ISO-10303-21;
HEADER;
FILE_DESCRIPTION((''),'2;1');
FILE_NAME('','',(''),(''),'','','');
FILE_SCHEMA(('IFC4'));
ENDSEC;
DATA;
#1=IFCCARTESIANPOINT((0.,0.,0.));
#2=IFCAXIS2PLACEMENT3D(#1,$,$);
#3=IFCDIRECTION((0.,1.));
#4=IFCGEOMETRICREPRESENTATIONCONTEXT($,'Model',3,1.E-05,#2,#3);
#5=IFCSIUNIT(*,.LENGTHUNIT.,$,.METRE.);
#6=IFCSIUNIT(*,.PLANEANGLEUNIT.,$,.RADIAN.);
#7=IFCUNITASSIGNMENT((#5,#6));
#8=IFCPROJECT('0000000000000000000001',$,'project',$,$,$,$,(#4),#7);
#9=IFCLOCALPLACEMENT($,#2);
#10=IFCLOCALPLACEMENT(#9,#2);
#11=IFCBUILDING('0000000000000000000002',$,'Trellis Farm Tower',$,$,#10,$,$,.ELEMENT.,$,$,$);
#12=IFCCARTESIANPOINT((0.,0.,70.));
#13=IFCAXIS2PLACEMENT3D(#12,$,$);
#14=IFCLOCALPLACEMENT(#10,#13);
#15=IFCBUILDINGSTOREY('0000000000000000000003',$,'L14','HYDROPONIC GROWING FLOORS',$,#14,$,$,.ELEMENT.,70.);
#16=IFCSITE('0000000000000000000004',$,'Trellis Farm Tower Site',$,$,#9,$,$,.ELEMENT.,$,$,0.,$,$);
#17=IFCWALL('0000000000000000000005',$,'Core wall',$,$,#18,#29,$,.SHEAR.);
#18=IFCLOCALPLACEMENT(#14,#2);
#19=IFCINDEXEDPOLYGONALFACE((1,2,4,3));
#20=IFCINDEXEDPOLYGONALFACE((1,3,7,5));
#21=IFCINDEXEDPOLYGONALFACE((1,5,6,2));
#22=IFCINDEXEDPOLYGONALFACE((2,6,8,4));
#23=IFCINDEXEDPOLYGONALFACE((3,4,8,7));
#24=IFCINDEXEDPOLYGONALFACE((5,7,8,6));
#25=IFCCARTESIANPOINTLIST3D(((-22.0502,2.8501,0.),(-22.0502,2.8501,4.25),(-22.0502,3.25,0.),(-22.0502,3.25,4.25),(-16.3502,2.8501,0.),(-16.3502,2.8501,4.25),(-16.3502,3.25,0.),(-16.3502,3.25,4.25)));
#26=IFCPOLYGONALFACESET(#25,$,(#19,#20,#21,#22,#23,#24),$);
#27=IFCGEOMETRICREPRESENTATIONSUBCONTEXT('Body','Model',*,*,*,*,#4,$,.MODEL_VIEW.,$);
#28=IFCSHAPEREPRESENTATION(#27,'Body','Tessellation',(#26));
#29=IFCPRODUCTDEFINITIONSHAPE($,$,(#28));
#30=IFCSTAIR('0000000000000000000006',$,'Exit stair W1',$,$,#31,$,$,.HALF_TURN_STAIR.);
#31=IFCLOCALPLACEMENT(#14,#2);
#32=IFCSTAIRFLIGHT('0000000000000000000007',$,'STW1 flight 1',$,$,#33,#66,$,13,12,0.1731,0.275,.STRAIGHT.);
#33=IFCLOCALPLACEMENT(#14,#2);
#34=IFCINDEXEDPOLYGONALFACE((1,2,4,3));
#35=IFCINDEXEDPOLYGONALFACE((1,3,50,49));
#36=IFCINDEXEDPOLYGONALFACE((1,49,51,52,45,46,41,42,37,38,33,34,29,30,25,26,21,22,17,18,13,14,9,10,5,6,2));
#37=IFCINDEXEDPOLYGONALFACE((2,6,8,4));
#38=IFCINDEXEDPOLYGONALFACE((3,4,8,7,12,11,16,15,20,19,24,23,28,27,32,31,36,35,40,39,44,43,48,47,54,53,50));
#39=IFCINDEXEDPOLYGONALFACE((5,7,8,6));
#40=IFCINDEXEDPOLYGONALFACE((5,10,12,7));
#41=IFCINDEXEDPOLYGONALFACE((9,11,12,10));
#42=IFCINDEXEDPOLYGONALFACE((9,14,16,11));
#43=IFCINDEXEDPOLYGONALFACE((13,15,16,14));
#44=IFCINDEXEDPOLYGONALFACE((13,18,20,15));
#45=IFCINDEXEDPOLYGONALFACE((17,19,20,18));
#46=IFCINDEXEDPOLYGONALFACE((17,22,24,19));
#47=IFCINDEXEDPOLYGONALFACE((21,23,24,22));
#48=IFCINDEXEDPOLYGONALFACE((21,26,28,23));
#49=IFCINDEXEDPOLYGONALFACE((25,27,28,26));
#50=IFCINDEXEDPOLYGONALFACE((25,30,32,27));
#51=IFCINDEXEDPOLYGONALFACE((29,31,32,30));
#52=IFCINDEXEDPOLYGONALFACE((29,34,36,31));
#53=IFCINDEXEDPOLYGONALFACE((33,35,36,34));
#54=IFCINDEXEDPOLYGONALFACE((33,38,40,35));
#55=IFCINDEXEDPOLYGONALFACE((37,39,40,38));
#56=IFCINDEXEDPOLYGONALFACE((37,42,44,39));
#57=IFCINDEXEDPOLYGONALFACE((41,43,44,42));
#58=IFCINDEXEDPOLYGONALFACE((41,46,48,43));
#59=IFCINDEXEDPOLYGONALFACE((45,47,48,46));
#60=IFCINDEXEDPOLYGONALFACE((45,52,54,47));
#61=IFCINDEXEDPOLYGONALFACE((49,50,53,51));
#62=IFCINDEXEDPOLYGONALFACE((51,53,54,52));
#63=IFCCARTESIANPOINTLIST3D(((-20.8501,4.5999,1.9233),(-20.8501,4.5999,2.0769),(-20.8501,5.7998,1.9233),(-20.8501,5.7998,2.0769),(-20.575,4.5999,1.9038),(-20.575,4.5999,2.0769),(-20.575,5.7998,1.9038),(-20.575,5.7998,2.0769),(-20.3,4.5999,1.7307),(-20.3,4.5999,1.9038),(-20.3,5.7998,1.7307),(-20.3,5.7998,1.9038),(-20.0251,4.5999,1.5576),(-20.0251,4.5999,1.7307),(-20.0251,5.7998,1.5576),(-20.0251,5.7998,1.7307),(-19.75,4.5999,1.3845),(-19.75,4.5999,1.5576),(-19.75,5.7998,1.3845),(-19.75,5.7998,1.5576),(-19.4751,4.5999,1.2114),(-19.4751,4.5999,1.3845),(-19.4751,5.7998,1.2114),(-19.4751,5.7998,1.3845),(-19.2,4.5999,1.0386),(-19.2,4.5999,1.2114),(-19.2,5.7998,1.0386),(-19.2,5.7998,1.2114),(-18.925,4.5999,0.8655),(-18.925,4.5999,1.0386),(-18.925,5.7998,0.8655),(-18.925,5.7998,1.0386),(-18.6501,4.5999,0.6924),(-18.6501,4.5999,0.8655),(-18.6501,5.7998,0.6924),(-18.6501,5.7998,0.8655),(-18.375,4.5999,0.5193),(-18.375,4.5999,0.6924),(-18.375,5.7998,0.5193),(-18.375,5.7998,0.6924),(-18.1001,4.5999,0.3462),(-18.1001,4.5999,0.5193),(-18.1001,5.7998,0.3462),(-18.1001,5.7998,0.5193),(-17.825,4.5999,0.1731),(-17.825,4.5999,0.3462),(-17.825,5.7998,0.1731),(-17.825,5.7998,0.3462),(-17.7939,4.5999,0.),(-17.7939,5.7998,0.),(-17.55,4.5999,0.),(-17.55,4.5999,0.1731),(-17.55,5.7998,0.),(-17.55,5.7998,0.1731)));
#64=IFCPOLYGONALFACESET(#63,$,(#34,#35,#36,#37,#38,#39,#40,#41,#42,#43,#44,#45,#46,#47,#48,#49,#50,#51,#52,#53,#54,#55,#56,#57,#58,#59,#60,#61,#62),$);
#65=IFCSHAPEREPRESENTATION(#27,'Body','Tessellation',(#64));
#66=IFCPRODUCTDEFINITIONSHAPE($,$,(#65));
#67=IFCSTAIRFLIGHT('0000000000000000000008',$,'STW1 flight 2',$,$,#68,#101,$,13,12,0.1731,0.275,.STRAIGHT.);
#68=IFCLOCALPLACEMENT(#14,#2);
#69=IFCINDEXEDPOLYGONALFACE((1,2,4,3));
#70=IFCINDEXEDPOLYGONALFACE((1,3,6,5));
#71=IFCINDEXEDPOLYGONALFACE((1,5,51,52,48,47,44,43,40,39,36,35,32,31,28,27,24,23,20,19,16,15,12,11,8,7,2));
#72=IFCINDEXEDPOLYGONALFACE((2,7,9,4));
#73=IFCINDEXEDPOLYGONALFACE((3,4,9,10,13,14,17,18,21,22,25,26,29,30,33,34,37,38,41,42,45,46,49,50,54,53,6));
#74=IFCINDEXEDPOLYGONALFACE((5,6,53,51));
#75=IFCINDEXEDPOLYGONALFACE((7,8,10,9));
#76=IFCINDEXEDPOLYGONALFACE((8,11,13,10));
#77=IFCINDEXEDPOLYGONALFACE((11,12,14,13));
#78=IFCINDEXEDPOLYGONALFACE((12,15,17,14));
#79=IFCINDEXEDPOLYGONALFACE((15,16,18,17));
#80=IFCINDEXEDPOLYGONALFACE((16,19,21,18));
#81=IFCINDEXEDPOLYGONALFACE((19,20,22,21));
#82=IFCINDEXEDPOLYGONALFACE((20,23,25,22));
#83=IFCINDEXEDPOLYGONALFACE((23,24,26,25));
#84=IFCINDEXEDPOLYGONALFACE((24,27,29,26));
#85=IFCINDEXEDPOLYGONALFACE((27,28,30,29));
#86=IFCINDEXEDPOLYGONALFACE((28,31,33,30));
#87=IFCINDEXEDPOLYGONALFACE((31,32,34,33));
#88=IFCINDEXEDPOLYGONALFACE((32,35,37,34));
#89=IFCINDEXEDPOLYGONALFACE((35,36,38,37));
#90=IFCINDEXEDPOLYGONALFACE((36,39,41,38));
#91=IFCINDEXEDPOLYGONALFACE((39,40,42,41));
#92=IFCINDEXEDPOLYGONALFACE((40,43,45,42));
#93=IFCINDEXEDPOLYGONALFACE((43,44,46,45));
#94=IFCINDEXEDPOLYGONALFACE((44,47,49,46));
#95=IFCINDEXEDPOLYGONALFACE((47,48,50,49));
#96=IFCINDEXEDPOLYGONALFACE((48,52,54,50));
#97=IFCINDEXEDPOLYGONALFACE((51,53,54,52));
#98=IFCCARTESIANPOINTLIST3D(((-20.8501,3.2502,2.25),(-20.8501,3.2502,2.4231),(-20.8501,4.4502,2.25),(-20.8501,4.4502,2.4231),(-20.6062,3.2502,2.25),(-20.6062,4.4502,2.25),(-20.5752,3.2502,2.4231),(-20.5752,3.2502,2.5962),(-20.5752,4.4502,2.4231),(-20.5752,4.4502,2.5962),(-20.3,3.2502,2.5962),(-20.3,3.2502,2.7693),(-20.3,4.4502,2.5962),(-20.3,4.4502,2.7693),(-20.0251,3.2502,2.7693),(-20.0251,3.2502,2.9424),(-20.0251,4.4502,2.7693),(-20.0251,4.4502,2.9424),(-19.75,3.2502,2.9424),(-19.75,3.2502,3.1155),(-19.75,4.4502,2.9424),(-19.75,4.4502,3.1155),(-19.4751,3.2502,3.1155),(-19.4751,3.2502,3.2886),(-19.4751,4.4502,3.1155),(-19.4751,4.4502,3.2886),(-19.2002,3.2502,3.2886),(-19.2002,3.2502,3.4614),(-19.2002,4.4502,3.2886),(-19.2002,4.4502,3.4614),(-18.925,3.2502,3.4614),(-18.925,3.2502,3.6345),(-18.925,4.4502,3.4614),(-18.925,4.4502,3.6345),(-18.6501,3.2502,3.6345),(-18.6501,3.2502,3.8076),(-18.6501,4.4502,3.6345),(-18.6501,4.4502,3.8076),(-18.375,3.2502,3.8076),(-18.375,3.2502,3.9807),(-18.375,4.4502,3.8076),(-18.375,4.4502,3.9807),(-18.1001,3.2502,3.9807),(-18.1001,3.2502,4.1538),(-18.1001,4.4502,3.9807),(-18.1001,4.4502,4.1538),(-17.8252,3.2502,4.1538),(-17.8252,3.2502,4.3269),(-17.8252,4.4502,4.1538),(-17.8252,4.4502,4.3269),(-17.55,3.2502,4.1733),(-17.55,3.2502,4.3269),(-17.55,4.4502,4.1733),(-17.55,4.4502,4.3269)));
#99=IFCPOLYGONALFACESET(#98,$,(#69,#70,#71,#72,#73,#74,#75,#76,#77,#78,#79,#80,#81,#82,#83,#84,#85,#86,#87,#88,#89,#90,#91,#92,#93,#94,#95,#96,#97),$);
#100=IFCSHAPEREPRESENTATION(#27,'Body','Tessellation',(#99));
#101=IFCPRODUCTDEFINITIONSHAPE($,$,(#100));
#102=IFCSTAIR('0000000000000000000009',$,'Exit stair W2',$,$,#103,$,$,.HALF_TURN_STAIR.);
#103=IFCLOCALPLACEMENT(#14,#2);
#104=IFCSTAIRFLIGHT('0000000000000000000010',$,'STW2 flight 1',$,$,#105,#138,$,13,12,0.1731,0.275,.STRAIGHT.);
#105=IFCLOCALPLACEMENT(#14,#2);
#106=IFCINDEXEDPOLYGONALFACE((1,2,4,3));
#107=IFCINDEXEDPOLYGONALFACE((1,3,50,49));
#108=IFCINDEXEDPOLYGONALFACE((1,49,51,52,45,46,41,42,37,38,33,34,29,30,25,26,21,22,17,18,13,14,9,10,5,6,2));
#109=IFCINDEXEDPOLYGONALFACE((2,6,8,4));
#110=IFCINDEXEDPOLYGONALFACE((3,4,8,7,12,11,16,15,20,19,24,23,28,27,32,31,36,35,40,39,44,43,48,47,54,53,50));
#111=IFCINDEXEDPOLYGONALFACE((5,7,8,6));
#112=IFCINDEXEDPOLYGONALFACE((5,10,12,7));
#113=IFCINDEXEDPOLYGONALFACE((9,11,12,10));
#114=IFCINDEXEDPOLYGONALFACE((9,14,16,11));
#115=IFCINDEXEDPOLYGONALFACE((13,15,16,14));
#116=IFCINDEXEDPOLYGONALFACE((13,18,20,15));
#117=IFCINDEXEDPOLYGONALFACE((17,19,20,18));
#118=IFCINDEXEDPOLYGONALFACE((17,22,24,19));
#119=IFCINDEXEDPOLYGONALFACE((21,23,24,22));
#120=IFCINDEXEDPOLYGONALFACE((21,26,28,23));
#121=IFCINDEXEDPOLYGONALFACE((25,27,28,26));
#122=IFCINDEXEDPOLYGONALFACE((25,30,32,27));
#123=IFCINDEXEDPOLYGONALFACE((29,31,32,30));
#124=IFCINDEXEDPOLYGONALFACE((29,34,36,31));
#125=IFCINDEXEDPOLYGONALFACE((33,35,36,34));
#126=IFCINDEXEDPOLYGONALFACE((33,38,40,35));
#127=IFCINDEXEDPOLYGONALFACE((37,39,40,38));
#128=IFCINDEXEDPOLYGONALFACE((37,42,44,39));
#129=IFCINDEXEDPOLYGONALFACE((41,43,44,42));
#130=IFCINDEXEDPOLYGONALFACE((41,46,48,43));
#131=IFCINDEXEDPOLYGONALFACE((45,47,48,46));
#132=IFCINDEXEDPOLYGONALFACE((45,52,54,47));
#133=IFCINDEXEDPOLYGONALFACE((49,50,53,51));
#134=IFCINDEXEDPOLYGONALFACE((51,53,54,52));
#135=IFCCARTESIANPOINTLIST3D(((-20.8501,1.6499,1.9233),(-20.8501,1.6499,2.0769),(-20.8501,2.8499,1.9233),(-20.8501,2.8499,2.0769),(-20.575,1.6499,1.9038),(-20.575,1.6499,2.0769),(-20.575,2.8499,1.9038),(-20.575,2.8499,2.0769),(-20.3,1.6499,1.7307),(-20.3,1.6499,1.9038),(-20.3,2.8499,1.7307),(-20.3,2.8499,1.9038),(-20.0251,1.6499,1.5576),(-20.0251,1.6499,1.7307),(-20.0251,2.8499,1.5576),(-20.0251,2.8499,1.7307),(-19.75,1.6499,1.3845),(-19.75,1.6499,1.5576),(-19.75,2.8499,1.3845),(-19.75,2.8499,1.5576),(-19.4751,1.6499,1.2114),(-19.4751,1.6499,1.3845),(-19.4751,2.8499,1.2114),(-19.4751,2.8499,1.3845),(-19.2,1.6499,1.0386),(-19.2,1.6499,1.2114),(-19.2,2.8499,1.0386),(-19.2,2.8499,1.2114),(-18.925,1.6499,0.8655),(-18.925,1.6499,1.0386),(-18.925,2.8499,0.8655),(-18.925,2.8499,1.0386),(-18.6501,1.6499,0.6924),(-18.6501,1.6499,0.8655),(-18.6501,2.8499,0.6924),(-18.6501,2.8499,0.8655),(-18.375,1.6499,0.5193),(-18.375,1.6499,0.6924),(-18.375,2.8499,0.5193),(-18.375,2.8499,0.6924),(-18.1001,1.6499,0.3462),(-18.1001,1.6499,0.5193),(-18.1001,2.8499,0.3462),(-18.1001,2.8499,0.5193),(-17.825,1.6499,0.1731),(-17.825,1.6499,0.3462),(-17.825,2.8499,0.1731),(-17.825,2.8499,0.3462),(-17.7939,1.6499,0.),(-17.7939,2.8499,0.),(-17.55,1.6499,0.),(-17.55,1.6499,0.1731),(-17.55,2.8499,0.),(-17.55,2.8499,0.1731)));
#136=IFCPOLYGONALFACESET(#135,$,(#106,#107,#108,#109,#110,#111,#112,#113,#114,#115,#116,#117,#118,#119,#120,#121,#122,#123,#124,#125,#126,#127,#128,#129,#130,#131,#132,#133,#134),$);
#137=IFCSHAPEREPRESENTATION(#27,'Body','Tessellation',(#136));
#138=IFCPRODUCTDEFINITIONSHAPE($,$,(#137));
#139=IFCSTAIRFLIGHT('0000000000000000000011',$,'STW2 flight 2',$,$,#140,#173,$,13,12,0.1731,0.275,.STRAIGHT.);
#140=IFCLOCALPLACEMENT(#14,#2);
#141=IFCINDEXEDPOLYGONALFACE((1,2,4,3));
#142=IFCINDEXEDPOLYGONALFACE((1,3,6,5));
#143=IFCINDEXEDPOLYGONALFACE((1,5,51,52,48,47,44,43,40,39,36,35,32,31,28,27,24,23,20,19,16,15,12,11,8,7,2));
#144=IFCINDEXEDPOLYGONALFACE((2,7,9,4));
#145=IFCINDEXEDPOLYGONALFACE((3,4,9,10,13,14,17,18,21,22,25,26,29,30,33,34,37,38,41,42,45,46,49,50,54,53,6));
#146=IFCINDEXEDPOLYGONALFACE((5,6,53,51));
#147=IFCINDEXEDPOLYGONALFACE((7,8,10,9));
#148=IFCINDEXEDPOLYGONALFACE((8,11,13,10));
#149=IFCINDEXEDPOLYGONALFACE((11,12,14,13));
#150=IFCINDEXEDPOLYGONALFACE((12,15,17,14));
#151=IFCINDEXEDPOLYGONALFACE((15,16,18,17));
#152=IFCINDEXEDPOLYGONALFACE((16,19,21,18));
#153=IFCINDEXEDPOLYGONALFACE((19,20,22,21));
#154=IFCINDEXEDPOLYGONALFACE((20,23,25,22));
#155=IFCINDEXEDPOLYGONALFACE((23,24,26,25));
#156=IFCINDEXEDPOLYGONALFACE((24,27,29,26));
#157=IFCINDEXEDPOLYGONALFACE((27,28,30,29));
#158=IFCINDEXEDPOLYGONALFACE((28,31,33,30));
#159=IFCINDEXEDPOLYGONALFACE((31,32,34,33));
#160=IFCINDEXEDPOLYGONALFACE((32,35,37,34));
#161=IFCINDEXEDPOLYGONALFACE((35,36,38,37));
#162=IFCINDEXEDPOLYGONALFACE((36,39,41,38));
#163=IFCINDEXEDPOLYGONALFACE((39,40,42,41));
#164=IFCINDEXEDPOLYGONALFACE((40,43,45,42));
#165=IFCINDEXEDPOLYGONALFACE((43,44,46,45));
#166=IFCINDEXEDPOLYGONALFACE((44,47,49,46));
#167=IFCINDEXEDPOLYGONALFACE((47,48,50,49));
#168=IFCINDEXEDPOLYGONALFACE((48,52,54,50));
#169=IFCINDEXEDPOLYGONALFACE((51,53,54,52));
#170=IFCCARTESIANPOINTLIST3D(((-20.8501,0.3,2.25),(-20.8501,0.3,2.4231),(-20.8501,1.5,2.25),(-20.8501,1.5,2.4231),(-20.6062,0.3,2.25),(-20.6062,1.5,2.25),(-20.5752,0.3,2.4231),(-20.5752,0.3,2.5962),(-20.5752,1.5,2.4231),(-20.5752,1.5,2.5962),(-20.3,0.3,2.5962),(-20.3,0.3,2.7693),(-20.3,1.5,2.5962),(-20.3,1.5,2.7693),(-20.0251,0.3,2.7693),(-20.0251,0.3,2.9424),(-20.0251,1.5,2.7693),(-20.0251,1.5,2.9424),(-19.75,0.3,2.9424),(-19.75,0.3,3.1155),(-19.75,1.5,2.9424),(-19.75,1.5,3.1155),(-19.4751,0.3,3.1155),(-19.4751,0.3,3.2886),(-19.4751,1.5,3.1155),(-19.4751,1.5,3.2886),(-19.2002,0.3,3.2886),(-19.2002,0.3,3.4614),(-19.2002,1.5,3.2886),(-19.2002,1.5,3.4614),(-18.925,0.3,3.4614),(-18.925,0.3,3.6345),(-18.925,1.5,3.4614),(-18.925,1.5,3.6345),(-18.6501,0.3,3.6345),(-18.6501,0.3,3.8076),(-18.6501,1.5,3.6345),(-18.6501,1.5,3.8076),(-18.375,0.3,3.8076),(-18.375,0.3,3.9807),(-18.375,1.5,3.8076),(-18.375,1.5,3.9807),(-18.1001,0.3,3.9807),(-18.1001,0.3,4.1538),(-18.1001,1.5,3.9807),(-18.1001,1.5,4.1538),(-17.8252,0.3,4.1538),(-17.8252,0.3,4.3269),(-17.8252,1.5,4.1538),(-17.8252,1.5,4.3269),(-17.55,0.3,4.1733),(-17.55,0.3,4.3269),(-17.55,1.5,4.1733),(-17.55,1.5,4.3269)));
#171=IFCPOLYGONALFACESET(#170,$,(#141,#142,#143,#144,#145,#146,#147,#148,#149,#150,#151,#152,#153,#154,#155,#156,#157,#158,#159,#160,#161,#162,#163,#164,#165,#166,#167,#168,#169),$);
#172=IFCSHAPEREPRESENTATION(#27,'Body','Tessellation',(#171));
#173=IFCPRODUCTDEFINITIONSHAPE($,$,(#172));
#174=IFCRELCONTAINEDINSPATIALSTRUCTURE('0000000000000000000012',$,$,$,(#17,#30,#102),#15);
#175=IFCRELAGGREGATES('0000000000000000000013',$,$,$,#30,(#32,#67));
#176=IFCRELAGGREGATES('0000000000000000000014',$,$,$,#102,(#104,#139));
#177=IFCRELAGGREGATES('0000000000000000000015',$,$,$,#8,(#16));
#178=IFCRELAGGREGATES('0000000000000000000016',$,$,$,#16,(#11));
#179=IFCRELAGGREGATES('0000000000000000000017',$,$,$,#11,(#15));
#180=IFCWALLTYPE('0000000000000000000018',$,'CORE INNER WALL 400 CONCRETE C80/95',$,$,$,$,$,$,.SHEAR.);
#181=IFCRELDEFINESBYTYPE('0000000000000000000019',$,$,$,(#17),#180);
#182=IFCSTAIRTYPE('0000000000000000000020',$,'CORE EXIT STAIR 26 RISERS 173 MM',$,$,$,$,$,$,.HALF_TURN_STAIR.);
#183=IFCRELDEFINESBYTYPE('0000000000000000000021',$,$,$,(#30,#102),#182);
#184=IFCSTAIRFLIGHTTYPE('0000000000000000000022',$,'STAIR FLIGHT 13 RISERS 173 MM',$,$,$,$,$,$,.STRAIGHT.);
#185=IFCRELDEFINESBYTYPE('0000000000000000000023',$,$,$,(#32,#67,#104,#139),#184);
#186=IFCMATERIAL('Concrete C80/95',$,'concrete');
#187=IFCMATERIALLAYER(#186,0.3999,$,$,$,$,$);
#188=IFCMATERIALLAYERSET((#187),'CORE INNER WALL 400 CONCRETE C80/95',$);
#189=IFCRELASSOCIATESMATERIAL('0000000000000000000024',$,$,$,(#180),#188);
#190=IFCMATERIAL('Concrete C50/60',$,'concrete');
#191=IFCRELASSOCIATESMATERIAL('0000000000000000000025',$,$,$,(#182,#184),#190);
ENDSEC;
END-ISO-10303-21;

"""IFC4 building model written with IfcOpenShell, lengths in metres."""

from ifc_helpers import new_model, si_unit, direction, frame, frame_2d, origin, place, context, subcontext, project, spatial, polyline, rectangle, outline, extrude, source, transform, mapped, material, layer, layer_set, type_object, element, aggregate, save


model = new_model("IFC4")

# Units and contexts
model_context = context("Model", 3, precision=1e-05, world=origin(), true_north=direction((0.0, 1.0)))
body_context = subcontext(model_context, "Body", "Model", "MODEL_VIEW")
ifc_project = project(units=[si_unit("LENGTHUNIT", "METRE"), si_unit("PLANEANGLEUNIT", "RADIAN")], contexts=[model_context])

# Site, building, storey
site_placement = place(None, origin())
site = spatial("IfcSite", under=ifc_project, at=site_placement, Name="Trellis Farm Tower Site", CompositionType="ELEMENT", RefElevation=0.0)
building_placement = place(site_placement, origin())
building = spatial("IfcBuilding", under=site, at=building_placement, Name="Trellis Farm Tower", CompositionType="ELEMENT")
storey_placement = place(building_placement, frame((0.0, 0.0, 70.0)))
storey = spatial("IfcBuildingStorey", under=building, at=storey_placement, Name="L14", Description="HYDROPONIC GROWING FLOORS", CompositionType="ELEMENT", Elevation=70.0)

# Shared definitions
ifc_material_1 = material(Name="Concrete C80/95", Category="concrete")

# Shared definitions
placement = place(storey_placement, origin())

# Shared definitions
ifc_layer_1 = layer(ifc_material_1, 0.3999)
ifc_layer_set_1 = layer_set([ifc_layer_1], Name="CORE INNER WALL 400 CONCRETE C80/95")
wall_type_1 = type_object("IfcWallType", Name="CORE INNER WALL 400 CONCRETE C80/95", PredefinedType="SHEAR", material=ifc_layer_set_1)

# Wall
shared_shape_1 = source(origin(), body_context, "Body", "SweptSolid", [
    extrude(rectangle(XDim=5.7, YDim=0.3999, at=frame_2d((2.8501, 0.0))), origin(), (0.0, 0.0, 1.0), 4.25),
])
wall_1_placement = place(storey_placement, frame((-16.3501, 3.05, 0.0), z_axis=(0.0, 0.0, 1.0), x_axis=(-1.0, 0.0, 0.0)))
element("IfcWall", 1, at=wall_1_placement, inside=storey, type_object=wall_type_1, Name="Core wall", PredefinedType="SHEAR", context=body_context, shape_type="MappedRepresentation", body=[
    mapped(shared_shape_1, transform((0.0, 0.0, 0.0))),
])

# Stairs, stair flights
ifc_material_2 = material(Name="Concrete C50/60", Category="concrete")
stair_type = type_object("IfcStairType", Name="CORE EXIT STAIR 26 RISERS 173 MM", PredefinedType="HALF_TURN_STAIR", material=ifc_material_2)
stair_1 = element("IfcStair", 2, at=placement, inside=storey, type_object=stair_type, Name="Exit stair W1", PredefinedType="HALF_TURN_STAIR")
stair_flight_type = type_object("IfcStairFlightType", Name="STAIR FLIGHT 13 RISERS 173 MM", PredefinedType="STRAIGHT", material=ifc_material_2)
shared_shape_2 = source(origin(), body_context, "Body", "SweptSolid", [
    extrude(outline(polyline([(0.0, 0.0), (0.0, 0.1731), (0.2749, 0.1731), (0.2749, 0.3462), (0.55, 0.3462), (0.55, 0.5193), (0.825, 0.5193), (0.825, 0.6924), (1.1001, 0.6924), (1.1001, 0.8655), (1.375, 0.8655), (1.375, 1.0386), (1.6499, 1.0386), (1.6499, 1.2114), (1.925, 1.2114), (1.925, 1.3845), (2.2, 1.3845), (2.2, 1.5576), (2.4751, 1.5576), (2.4751, 1.7307), (2.75, 1.7307), (2.75, 1.9038), (3.0249, 1.9038), (3.0249, 2.0769), (3.3, 2.0769), (3.3, 2.25), (3.3, 1.9233), (0.2439, 0.0), (0.0, 0.0)])), frame((0.0, 0.6001, 0.0), z_axis=(0.0, -1.0, 0.0), x_axis=(1.0, 0.0, 0.0)), (0.0, 0.0, 1.0), 1.2),
])
stair_flight_1_placement = place(storey_placement, frame((-17.55, 5.2, 0.0), z_axis=(0.0, 0.0, 1.0), x_axis=(-1.0, 0.0, 0.0)))
stair_flight_1 = element("IfcStairFlight", 3, at=stair_flight_1_placement, type_object=stair_flight_type, Name="STW1 flight 1", NumberOfRisers=13, NumberOfTreads=12, PredefinedType="STRAIGHT", RiserHeight=0.1731, TreadLength=0.275, context=body_context, shape_type="MappedRepresentation", body=[
    mapped(shared_shape_2, transform((0.0, 0.0, 0.0))),
])
stair_flight_2_placement = place(storey_placement, frame((-20.8501, 3.8501, 2.25), z_axis=(0.0, 0.0, 1.0), x_axis=(1.0, 0.0, 0.0)))
stair_flight_2 = element("IfcStairFlight", 4, at=stair_flight_2_placement, type_object=stair_flight_type, Name="STW1 flight 2", NumberOfRisers=13, NumberOfTreads=12, PredefinedType="STRAIGHT", RiserHeight=0.1731, TreadLength=0.275, context=body_context, shape_type="MappedRepresentation", body=[
    mapped(shared_shape_2, transform((0.0, 0.0, 0.0))),
])
aggregate(stair_1, [stair_flight_1, stair_flight_2])
stair_2 = element("IfcStair", 5, at=placement, inside=storey, type_object=stair_type, Name="Exit stair W2", PredefinedType="HALF_TURN_STAIR")
stair_flight_3_placement = place(storey_placement, frame((-17.55, 2.25, 0.0), z_axis=(0.0, 0.0, 1.0), x_axis=(-1.0, 0.0, 0.0)))
stair_flight_3 = element("IfcStairFlight", 6, at=stair_flight_3_placement, type_object=stair_flight_type, Name="STW2 flight 1", NumberOfRisers=13, NumberOfTreads=12, PredefinedType="STRAIGHT", RiserHeight=0.1731, TreadLength=0.275, context=body_context, shape_type="MappedRepresentation", body=[
    mapped(shared_shape_2, transform((0.0, 0.0, 0.0))),
])
stair_flight_4_placement = place(storey_placement, frame((-20.8501, 0.8999, 2.25), z_axis=(0.0, 0.0, 1.0), x_axis=(1.0, 0.0, 0.0)))
stair_flight_4 = element("IfcStairFlight", 7, at=stair_flight_4_placement, type_object=stair_flight_type, Name="STW2 flight 2", NumberOfRisers=13, NumberOfTreads=12, PredefinedType="STRAIGHT", RiserHeight=0.1731, TreadLength=0.275, context=body_context, shape_type="MappedRepresentation", body=[
    mapped(shared_shape_2, transform((0.0, 0.0, 0.0))),
])
aggregate(stair_2, [stair_flight_3, stair_flight_4])

save(model, "model.ifc")
